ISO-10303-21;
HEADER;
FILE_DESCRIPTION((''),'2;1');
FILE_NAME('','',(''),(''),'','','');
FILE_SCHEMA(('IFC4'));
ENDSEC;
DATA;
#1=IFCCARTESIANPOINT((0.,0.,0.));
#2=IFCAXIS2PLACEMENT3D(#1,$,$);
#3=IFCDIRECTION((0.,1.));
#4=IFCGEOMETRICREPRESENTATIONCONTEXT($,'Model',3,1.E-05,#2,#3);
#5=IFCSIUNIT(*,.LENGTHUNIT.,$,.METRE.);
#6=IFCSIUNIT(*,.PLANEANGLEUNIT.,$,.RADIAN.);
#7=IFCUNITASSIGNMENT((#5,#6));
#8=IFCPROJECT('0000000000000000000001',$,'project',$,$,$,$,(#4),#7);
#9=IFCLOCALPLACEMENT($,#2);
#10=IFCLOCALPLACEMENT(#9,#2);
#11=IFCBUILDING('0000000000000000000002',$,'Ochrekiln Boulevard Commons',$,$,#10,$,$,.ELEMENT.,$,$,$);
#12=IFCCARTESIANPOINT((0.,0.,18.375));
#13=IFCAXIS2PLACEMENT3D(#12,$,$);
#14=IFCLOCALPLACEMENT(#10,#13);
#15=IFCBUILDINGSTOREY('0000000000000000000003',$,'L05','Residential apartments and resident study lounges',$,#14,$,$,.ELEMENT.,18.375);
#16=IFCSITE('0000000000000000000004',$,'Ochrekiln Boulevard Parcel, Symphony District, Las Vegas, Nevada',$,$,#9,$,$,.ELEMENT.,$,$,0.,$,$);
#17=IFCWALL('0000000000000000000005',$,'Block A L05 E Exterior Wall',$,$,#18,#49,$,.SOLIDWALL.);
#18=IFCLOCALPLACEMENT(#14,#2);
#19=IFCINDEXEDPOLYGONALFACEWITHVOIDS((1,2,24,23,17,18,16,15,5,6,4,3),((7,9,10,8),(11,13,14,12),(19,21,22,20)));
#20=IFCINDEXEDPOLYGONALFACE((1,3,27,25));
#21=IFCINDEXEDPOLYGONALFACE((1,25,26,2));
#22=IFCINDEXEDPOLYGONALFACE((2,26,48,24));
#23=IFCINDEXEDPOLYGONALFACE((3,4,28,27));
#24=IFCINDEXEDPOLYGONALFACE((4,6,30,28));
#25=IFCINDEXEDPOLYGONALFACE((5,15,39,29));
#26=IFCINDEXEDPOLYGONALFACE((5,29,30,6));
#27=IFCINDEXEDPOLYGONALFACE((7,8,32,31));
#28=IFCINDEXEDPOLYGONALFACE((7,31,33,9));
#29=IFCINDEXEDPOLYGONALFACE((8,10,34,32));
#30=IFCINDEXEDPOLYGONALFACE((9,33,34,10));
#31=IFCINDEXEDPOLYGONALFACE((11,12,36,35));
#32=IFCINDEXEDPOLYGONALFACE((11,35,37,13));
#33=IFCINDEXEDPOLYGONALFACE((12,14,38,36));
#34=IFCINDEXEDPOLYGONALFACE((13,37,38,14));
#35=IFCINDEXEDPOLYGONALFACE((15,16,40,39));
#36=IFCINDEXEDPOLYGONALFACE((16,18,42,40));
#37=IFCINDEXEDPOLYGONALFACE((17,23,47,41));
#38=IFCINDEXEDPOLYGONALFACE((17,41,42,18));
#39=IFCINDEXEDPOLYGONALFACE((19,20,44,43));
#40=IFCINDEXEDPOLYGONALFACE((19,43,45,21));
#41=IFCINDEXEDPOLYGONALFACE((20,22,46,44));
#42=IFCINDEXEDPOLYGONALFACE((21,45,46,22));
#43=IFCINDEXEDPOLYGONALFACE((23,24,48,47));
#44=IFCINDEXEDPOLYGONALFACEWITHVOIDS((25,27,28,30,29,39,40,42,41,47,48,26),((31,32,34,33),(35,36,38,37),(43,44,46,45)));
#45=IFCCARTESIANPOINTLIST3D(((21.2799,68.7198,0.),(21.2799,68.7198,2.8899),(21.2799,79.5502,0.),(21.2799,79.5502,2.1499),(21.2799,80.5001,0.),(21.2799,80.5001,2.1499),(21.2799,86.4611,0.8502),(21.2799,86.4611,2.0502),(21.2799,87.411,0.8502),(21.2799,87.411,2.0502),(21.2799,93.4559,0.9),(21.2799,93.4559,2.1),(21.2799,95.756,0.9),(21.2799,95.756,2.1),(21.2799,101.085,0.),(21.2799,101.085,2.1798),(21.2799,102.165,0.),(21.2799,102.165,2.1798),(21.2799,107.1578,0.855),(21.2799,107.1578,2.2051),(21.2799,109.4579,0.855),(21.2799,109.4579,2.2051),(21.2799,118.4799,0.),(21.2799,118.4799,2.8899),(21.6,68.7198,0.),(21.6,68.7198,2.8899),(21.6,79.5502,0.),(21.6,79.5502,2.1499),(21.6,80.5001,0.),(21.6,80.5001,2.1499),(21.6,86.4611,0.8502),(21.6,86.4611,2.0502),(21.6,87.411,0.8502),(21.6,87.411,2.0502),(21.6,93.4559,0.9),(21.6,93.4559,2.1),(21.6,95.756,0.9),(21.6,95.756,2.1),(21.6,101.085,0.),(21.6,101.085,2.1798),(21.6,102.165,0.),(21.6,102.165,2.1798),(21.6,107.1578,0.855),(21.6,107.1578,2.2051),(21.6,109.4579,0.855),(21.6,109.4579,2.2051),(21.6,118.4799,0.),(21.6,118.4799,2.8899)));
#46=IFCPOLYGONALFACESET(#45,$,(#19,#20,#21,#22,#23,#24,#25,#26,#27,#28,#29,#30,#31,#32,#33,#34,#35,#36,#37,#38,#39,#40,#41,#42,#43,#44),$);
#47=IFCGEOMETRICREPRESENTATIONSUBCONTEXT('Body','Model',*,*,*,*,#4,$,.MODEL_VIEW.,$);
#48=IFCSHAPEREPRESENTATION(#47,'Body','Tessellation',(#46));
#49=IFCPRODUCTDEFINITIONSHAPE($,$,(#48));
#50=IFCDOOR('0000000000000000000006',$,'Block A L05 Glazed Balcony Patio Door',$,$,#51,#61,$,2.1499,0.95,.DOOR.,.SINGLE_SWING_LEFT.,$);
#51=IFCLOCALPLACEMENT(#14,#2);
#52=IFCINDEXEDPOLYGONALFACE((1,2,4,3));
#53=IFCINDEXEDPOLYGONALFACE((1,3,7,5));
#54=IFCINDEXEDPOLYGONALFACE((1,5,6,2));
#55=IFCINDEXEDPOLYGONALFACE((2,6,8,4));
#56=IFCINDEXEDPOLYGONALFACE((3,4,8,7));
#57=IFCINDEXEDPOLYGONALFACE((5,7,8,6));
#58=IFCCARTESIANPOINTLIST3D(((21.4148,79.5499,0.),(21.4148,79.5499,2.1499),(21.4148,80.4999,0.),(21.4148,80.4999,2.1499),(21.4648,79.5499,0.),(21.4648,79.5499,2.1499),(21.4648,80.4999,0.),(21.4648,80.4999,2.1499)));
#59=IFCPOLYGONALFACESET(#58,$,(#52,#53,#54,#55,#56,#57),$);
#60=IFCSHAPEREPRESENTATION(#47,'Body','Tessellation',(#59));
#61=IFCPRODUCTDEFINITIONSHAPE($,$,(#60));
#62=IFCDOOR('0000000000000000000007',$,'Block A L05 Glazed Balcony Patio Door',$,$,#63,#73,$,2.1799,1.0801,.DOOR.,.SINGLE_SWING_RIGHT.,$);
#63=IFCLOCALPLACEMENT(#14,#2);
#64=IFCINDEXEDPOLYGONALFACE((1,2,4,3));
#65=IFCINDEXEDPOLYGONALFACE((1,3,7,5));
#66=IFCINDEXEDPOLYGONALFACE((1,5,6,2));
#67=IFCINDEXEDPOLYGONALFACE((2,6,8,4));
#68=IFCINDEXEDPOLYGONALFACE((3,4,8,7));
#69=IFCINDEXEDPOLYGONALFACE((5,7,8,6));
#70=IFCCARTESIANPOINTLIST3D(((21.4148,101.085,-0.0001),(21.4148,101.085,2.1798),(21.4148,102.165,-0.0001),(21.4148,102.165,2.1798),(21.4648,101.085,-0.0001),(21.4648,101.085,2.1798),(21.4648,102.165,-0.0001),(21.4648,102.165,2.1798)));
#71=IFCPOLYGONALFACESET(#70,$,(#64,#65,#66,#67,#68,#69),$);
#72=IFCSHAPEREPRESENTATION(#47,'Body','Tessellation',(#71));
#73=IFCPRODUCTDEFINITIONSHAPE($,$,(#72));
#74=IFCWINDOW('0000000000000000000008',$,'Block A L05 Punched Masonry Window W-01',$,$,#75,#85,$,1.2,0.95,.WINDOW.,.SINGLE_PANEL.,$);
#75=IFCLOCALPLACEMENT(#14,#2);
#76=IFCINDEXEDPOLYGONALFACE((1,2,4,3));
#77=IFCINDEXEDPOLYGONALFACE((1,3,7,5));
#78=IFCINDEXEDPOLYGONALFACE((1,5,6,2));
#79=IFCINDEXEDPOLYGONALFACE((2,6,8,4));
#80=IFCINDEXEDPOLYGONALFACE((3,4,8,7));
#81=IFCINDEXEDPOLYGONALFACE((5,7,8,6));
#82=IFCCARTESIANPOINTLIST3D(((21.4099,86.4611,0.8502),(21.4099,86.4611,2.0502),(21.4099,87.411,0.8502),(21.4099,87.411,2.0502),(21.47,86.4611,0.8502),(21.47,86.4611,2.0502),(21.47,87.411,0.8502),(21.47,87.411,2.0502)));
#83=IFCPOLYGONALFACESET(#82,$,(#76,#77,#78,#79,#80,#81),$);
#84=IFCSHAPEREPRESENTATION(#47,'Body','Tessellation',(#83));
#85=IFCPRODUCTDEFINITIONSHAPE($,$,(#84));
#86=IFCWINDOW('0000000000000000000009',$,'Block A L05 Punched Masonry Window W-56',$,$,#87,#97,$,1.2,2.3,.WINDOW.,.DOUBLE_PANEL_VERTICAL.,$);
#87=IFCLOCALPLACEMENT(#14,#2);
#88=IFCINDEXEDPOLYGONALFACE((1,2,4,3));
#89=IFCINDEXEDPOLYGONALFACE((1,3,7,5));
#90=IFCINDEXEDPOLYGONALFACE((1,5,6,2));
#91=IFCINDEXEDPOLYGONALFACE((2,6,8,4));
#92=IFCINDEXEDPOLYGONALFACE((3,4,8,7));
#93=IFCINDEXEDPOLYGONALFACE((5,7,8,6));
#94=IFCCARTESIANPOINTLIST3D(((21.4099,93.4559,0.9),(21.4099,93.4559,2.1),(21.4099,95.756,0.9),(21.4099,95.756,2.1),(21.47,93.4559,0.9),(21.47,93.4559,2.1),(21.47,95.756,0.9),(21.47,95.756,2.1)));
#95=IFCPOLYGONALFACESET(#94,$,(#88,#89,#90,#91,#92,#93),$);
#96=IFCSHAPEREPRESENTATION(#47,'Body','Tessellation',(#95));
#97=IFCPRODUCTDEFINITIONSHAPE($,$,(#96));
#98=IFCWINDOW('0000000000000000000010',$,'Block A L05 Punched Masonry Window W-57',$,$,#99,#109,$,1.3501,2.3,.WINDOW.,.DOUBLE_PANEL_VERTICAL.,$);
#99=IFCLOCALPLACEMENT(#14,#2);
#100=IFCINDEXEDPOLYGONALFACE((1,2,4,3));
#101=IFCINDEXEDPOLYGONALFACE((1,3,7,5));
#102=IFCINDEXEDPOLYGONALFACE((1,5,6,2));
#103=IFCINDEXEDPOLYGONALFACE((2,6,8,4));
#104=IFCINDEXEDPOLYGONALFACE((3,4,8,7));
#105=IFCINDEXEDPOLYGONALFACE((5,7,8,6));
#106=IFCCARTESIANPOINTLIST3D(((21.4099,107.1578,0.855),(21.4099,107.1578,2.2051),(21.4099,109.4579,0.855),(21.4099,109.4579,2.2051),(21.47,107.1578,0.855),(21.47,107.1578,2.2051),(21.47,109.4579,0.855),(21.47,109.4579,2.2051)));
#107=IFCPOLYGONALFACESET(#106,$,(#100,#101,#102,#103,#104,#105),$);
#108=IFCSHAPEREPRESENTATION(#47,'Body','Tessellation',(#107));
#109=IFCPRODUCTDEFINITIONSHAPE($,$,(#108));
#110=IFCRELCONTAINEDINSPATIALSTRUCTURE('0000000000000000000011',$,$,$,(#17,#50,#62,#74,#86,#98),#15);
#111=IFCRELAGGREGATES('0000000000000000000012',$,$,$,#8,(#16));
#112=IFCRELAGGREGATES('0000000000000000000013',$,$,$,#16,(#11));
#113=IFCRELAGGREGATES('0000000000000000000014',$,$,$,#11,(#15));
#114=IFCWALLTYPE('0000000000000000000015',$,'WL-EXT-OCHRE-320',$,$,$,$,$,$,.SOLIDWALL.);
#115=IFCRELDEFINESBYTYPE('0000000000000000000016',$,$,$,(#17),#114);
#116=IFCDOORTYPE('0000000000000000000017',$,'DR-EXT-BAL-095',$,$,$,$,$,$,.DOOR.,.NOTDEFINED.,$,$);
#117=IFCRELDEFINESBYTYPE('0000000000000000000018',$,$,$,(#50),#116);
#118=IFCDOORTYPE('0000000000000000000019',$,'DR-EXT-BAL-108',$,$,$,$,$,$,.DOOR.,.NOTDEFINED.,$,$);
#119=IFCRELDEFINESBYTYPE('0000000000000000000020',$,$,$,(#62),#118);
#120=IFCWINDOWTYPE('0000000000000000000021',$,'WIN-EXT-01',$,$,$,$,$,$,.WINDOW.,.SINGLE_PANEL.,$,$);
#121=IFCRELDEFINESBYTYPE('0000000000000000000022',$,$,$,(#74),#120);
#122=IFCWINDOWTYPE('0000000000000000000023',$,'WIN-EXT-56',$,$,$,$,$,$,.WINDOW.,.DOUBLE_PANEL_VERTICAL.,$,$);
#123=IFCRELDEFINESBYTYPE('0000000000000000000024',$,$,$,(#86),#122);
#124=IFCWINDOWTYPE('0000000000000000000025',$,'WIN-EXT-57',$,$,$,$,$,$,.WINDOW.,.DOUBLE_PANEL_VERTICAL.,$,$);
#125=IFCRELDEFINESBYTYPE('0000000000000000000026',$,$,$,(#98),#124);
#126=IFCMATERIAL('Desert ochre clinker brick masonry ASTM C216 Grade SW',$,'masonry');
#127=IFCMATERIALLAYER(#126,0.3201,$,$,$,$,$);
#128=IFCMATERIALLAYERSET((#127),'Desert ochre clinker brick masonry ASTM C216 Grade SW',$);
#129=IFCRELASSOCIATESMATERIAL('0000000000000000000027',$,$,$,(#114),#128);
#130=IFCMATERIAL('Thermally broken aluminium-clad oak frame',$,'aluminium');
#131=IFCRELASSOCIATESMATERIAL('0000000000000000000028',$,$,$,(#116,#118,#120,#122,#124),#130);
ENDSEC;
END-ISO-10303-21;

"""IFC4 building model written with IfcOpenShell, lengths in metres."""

from ifc_helpers import new_model, si_unit, direction, frame, frame_2d, origin, place, context, subcontext, project, spatial, rectangle, extrude, material, layer, layer_set, type_object, element, fill, save


model = new_model("IFC4")

# Units and contexts
model_context = context("Model", 3, precision=1e-05, world=origin(), true_north=direction((0.0, 1.0)))
body_context = subcontext(model_context, "Body", "Model", "MODEL_VIEW")
ifc_project = project(units=[si_unit("LENGTHUNIT", "METRE"), si_unit("PLANEANGLEUNIT", "RADIAN")], contexts=[model_context])

# Site, building, storey
site_placement = place(None, origin())
site = spatial("IfcSite", under=ifc_project, at=site_placement, Name="Ochrekiln Boulevard Parcel, Symphony District, Las Vegas, Nevada", CompositionType="ELEMENT", RefElevation=0.0)
building_placement = place(site_placement, origin())
building = spatial("IfcBuilding", under=site, at=building_placement, Name="Ochrekiln Boulevard Commons", CompositionType="ELEMENT")
storey_placement = place(building_placement, frame((0.0, 0.0, 18.375)))
storey = spatial("IfcBuildingStorey", under=building, at=storey_placement, Name="L05", Description="Residential apartments and resident study lounges", CompositionType="ELEMENT", Elevation=18.375)

# Wall, openings, doors, windows
ifc_material_1 = material(Name="Desert ochre clinker brick masonry ASTM C216 Grade SW", Category="masonry")
ifc_layer_1 = layer(ifc_material_1, 0.3201)
ifc_layer_set_1 = layer_set([ifc_layer_1], Name="Desert ochre clinker brick masonry ASTM C216 Grade SW")
wall_type = type_object("IfcWallType", Name="WL-EXT-OCHRE-320", PredefinedType="SOLIDWALL", material=ifc_layer_set_1)
wall_placement = place(storey_placement, frame((21.4399, 68.72, 0.0), z_axis=(0.0, 0.0, 1.0), x_axis=(0.0, 1.0, 0.0)))
wall = element("IfcWall", 1, at=wall_placement, inside=storey, type_object=wall_type, Name="Block A L05 E Exterior Wall", PredefinedType="SOLIDWALL", context=body_context, shape_type="SweptSolid", body=[
    extrude(rectangle(XDim=49.76, YDim=0.3201, at=frame_2d((24.8799, 0.0))), origin(), (0.0, 0.0, 1.0), 2.8899),
])
opening_1_placement = place(wall_placement, frame((10.8301, 0.0, 0.0)))
opening_1 = element("IfcOpeningElement", 2, at=opening_1_placement, cuts=wall, PredefinedType="OPENING", context=body_context, shape_type="SweptSolid", body=[
    extrude(rectangle(XDim=0.95, YDim=2.1499, at=frame_2d((0.4751, 1.075))), frame((0.0, 0.1699, 0.0), z_axis=(0.0, -1.0, 0.0), x_axis=(1.0, 0.0, 0.0)), (0.0, 0.0, 1.0), 0.3401),
])
opening_2_placement = place(wall_placement, frame((17.741, 0.0, 0.8501)))
opening_2 = element("IfcOpeningElement", 3, at=opening_2_placement, cuts=wall, PredefinedType="OPENING", context=body_context, shape_type="SweptSolid", body=[
    extrude(rectangle(XDim=0.95, YDim=1.2, at=frame_2d((0.4751, 0.6001))), frame((0.0, 0.1699, 0.0), z_axis=(0.0, -1.0, 0.0), x_axis=(1.0, 0.0, 0.0)), (0.0, 0.0, 1.0), 0.3401),
])
opening_3_placement = place(wall_placement, frame((32.365, 0.0, 0.0)))
opening_3 = element("IfcOpeningElement", 4, at=opening_3_placement, cuts=wall, PredefinedType="OPENING", context=body_context, shape_type="SweptSolid", body=[
    extrude(rectangle(XDim=1.0801, YDim=2.1799, at=frame_2d((0.54, 1.0898))), frame((0.0, 0.1699, 0.0), z_axis=(0.0, -1.0, 0.0), x_axis=(1.0, 0.0, 0.0)), (0.0, 0.0, 1.0), 0.3401),
])
opening_4_placement = place(wall_placement, frame((24.7361, 0.0, 0.8999)))
opening_4 = element("IfcOpeningElement", 5, at=opening_4_placement, cuts=wall, PredefinedType="OPENING", context=body_context, shape_type="SweptSolid", body=[
    extrude(rectangle(XDim=2.3, YDim=1.2, at=frame_2d((1.1499, 0.6001))), frame((0.0, 0.1699, 0.0), z_axis=(0.0, -1.0, 0.0), x_axis=(1.0, 0.0, 0.0)), (0.0, 0.0, 1.0), 0.3401),
])
opening_5_placement = place(wall_placement, frame((38.438, 0.0, 0.855)))
opening_5 = element("IfcOpeningElement", 6, at=opening_5_placement, cuts=wall, PredefinedType="OPENING", context=body_context, shape_type="SweptSolid", body=[
    extrude(rectangle(XDim=2.3, YDim=1.3501, at=frame_2d((1.1499, 0.675))), frame((0.0, 0.1699, 0.0), z_axis=(0.0, -1.0, 0.0), x_axis=(1.0, 0.0, 0.0)), (0.0, 0.0, 1.0), 0.3401),
])
ifc_material_2 = material(Name="Thermally broken aluminium-clad oak frame", Category="aluminium")
door_type_1 = type_object("IfcDoorType", Name="DR-EXT-BAL-095", OperationType="NOTDEFINED", PredefinedType="DOOR", material=ifc_material_2)
door_1_placement = place(opening_1_placement, frame((0.95, 0.0, 0.0), z_axis=(0.0, 0.0, 1.0), x_axis=(-1.0, 0.0, 0.0)))
door_1 = element("IfcDoor", 7, at=door_1_placement, inside=storey, type_object=door_type_1, Name="Block A L05 Glazed Balcony Patio Door", OperationType="SINGLE_SWING_LEFT", OverallHeight=2.1499, OverallWidth=0.95, PredefinedType="DOOR", context=body_context, shape_type="SweptSolid", body=[
    extrude(rectangle(XDim=0.95, YDim=2.1499, at=frame_2d((0.4751, 1.075))), frame((0.0, 0.0249, 0.0), z_axis=(0.0, -1.0, 0.0), x_axis=(1.0, 0.0, 0.0)), (0.0, 0.0, 1.0), 0.05),
])
fill(opening_1, door_1)
door_type_2 = type_object("IfcDoorType", Name="DR-EXT-BAL-108", OperationType="NOTDEFINED", PredefinedType="DOOR", material=ifc_material_2)
door_2_placement = place(opening_3_placement, frame((1.0801, 0.0, 0.0), z_axis=(0.0, 0.0, 1.0), x_axis=(-1.0, 0.0, 0.0)))
door_2 = element("IfcDoor", 8, at=door_2_placement, inside=storey, type_object=door_type_2, Name="Block A L05 Glazed Balcony Patio Door", OperationType="SINGLE_SWING_RIGHT", OverallHeight=2.1799, OverallWidth=1.0801, PredefinedType="DOOR", context=body_context, shape_type="SweptSolid", body=[
    extrude(rectangle(XDim=1.0801, YDim=2.1799, at=frame_2d((0.54, 1.0898))), frame((0.0, 0.0249, 0.0), z_axis=(0.0, -1.0, 0.0), x_axis=(1.0, 0.0, 0.0)), (0.0, 0.0, 1.0), 0.05),
])
fill(opening_3, door_2)
window_type_1 = type_object("IfcWindowType", Name="WIN-EXT-01", PartitioningType="SINGLE_PANEL", PredefinedType="WINDOW", material=ifc_material_2)
window_1_placement = place(opening_2_placement, origin())
window_1 = element("IfcWindow", 9, at=window_1_placement, inside=storey, type_object=window_type_1, Name="Block A L05 Punched Masonry Window W-01", OverallHeight=1.2, OverallWidth=0.95, PartitioningType="SINGLE_PANEL", PredefinedType="WINDOW", context=body_context, shape_type="SweptSolid", body=[
    extrude(rectangle(XDim=0.95, YDim=1.2, at=frame_2d((0.4751, 0.6001))), frame((0.0, 0.03, 0.0), z_axis=(0.0, -1.0, 0.0), x_axis=(1.0, 0.0, 0.0)), (0.0, 0.0, 1.0), 0.0601),
])
fill(opening_2, window_1)
window_type_2 = type_object("IfcWindowType", Name="WIN-EXT-56", PartitioningType="DOUBLE_PANEL_VERTICAL", PredefinedType="WINDOW", material=ifc_material_2)
window_2_placement = place(opening_4_placement, origin())
window_2 = element("IfcWindow", 10, at=window_2_placement, inside=storey, type_object=window_type_2, Name="Block A L05 Punched Masonry Window W-56", OverallHeight=1.2, OverallWidth=2.3, PartitioningType="DOUBLE_PANEL_VERTICAL", PredefinedType="WINDOW", context=body_context, shape_type="SweptSolid", body=[
    extrude(rectangle(XDim=2.3, YDim=1.2, at=frame_2d((1.1499, 0.6001))), frame((0.0, 0.03, 0.0), z_axis=(0.0, -1.0, 0.0), x_axis=(1.0, 0.0, 0.0)), (0.0, 0.0, 1.0), 0.0601),
])
fill(opening_4, window_2)
window_type_3 = type_object("IfcWindowType", Name="WIN-EXT-57", PartitioningType="DOUBLE_PANEL_VERTICAL", PredefinedType="WINDOW", material=ifc_material_2)
window_3_placement = place(opening_5_placement, origin())
window_3 = element("IfcWindow", 11, at=window_3_placement, inside=storey, type_object=window_type_3, Name="Block A L05 Punched Masonry Window W-57", OverallHeight=1.3501, OverallWidth=2.3, PartitioningType="DOUBLE_PANEL_VERTICAL", PredefinedType="WINDOW", context=body_context, shape_type="SweptSolid", body=[
    extrude(rectangle(XDim=2.3, YDim=1.3501, at=frame_2d((1.1499, 0.675))), frame((0.0, 0.03, 0.0), z_axis=(0.0, -1.0, 0.0), x_axis=(1.0, 0.0, 0.0)), (0.0, 0.0, 1.0), 0.0601),
])
fill(opening_5, window_3)

save(model, "model.ifc")
